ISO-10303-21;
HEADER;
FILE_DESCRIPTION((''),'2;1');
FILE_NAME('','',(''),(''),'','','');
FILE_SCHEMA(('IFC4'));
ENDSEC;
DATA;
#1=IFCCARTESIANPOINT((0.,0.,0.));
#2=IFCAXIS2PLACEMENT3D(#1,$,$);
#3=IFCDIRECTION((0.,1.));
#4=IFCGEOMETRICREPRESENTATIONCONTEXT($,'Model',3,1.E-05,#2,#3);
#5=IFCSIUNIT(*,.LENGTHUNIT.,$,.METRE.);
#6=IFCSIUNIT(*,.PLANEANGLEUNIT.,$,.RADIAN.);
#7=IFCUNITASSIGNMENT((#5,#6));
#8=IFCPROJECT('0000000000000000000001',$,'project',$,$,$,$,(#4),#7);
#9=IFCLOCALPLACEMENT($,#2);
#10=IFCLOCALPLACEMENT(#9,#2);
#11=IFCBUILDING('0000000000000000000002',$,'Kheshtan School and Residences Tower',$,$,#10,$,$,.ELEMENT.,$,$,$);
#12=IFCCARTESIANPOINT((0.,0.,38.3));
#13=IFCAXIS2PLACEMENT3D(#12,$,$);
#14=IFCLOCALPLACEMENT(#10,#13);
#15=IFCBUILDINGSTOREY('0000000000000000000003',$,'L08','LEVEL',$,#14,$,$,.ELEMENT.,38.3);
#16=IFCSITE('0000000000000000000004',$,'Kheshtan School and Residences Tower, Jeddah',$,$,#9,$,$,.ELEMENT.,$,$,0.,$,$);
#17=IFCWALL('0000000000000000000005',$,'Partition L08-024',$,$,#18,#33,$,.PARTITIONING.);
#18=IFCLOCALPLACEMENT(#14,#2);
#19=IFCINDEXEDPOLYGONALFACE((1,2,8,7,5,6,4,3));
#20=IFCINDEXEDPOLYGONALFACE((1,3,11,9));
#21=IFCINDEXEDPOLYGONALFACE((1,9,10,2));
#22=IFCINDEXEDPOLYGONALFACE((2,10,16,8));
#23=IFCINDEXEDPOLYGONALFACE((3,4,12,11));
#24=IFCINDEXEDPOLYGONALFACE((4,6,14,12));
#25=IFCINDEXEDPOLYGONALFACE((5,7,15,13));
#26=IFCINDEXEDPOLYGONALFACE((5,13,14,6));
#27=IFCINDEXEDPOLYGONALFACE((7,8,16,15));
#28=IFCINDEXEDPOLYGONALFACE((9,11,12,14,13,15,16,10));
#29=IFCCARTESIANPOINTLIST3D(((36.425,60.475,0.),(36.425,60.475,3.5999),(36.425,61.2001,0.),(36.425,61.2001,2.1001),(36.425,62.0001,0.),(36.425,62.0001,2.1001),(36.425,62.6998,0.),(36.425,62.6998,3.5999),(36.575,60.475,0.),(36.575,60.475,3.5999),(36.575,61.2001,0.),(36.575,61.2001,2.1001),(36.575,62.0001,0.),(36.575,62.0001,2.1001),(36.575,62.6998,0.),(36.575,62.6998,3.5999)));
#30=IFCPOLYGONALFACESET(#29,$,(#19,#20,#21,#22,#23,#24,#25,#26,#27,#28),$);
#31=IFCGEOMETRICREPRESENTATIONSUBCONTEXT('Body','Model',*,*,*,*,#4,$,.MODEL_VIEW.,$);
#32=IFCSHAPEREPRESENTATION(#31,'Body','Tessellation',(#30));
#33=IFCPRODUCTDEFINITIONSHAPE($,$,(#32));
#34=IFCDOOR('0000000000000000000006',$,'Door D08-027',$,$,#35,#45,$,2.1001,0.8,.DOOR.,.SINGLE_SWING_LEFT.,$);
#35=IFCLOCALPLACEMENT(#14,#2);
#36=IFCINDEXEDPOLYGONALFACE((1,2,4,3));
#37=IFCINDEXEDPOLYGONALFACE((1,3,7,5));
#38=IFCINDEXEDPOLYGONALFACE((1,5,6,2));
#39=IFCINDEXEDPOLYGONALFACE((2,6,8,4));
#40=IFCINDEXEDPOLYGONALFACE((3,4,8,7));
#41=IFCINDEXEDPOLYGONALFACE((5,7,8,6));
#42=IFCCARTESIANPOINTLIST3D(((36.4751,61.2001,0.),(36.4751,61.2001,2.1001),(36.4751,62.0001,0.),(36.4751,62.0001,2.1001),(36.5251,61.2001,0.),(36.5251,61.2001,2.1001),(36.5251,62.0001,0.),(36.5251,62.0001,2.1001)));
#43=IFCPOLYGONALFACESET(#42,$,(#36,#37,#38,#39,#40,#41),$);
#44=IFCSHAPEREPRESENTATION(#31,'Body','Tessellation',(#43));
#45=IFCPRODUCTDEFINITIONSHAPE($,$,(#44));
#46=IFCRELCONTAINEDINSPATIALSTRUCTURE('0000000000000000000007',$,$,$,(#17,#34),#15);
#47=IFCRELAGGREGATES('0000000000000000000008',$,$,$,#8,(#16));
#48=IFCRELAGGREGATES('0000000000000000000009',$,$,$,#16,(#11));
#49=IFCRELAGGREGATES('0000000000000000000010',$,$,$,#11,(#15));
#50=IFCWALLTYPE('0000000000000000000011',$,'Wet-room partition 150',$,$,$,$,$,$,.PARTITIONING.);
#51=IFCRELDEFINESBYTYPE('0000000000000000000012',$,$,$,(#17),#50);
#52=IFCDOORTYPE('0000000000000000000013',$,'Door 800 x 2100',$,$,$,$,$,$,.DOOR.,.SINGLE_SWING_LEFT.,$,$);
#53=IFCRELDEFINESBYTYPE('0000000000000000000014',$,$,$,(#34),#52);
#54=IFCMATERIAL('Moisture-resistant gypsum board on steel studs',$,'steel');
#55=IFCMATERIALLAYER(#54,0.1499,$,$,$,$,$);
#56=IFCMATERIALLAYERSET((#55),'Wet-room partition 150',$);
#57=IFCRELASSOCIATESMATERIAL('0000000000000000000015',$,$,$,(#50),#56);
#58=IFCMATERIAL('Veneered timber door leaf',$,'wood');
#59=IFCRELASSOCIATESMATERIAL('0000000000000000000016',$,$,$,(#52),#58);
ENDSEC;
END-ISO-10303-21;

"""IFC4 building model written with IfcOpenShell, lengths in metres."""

from ifc_helpers import new_model, si_unit, direction, frame, frame_2d, origin, place, context, subcontext, project, spatial, rectangle, extrude, source, transform, mapped, material, layer, layer_set, type_object, element, fill, save


model = new_model("IFC4")

# Units and contexts
model_context = context("Model", 3, precision=1e-05, world=origin(), true_north=direction((0.0, 1.0)))
body_context = subcontext(model_context, "Body", "Model", "MODEL_VIEW")
ifc_project = project(units=[si_unit("LENGTHUNIT", "METRE"), si_unit("PLANEANGLEUNIT", "RADIAN")], contexts=[model_context])

# Site, building, storey
site_placement = place(None, origin())
site = spatial("IfcSite", under=ifc_project, at=site_placement, Name="Kheshtan School and Residences Tower, Jeddah", CompositionType="ELEMENT", RefElevation=0.0)
building_placement = place(site_placement, origin())
building = spatial("IfcBuilding", under=site, at=building_placement, Name="Kheshtan School and Residences Tower", CompositionType="ELEMENT")
storey_placement = place(building_placement, frame((0.0, 0.0, 38.3)))
storey = spatial("IfcBuildingStorey", under=building, at=storey_placement, Name="L08", Description="LEVEL", CompositionType="ELEMENT", Elevation=38.3)

# Shared definitions
ifc_material_1 = material(Name="Moisture-resistant gypsum board on steel studs", Category="steel")
ifc_layer_1 = layer(ifc_material_1, 0.1499)
ifc_layer_set_1 = layer_set([ifc_layer_1], Name="Wet-room partition 150")
wall_type_1 = type_object("IfcWallType", Name="Wet-room partition 150", PredefinedType="PARTITIONING", material=ifc_layer_set_1)

# Wall, opening, door
wall_1_placement = place(storey_placement, frame((36.5, 60.4751, 0.0), z_axis=(0.0, 0.0, 1.0), x_axis=(0.0, 1.0, 0.0)))
wall_1 = element("IfcWall", 1, at=wall_1_placement, inside=storey, type_object=wall_type_1, Name="Partition L08-024", PredefinedType="PARTITIONING", context=body_context, shape_type="SweptSolid", body=[
    extrude(rectangle(XDim=2.2249, YDim=0.1499, at=frame_2d((1.1123, 0.0))), origin(), (0.0, 0.0, 1.0), 3.5999),
])
opening_1_placement = place(wall_1_placement, frame((0.7251, 0.0, 0.0)))
opening_1 = element("IfcOpeningElement", 2, at=opening_1_placement, cuts=wall_1, PredefinedType="OPENING", context=body_context, shape_type="SweptSolid", body=[
    extrude(rectangle(XDim=0.8, YDim=2.1001, at=frame_2d((0.3999, 1.05))), frame((0.0, 0.085, 0.0), z_axis=(0.0, -1.0, 0.0), x_axis=(1.0, 0.0, 0.0)), (0.0, 0.0, 1.0), 0.1699),
])
ifc_material_2 = material(Name="Veneered timber door leaf", Category="wood")
door_type_1 = type_object("IfcDoorType", Name="Door 800 x 2100", OperationType="SINGLE_SWING_LEFT", PredefinedType="DOOR", material=ifc_material_2)
shared_shape_1 = source(origin(), body_context, "Body", "SweptSolid", [
    extrude(rectangle(XDim=0.8, YDim=2.1001, at=frame_2d((0.3999, 1.05))), frame((0.0, 0.0249, 0.0), z_axis=(0.0, -1.0, 0.0), x_axis=(1.0, 0.0, 0.0)), (0.0, 0.0, 1.0), 0.05),
])
door_1_placement = place(opening_1_placement, origin())
door_1 = element("IfcDoor", 3, at=door_1_placement, inside=storey, type_object=door_type_1, Name="Door D08-027", OperationType="SINGLE_SWING_LEFT", OverallHeight=2.1001, OverallWidth=0.8, PredefinedType="DOOR", context=body_context, shape_type="MappedRepresentation", body=[
    mapped(shared_shape_1, transform((0.0, 0.0, 0.0), x_axis=(1.0, 0.0, 0.0), y_axis=(0.0, 1.0, 0.0), z_axis=(0.0, 0.0, 1.0), scale=1.0)),
])
fill(opening_1, door_1)

save(model, "model.ifc")
